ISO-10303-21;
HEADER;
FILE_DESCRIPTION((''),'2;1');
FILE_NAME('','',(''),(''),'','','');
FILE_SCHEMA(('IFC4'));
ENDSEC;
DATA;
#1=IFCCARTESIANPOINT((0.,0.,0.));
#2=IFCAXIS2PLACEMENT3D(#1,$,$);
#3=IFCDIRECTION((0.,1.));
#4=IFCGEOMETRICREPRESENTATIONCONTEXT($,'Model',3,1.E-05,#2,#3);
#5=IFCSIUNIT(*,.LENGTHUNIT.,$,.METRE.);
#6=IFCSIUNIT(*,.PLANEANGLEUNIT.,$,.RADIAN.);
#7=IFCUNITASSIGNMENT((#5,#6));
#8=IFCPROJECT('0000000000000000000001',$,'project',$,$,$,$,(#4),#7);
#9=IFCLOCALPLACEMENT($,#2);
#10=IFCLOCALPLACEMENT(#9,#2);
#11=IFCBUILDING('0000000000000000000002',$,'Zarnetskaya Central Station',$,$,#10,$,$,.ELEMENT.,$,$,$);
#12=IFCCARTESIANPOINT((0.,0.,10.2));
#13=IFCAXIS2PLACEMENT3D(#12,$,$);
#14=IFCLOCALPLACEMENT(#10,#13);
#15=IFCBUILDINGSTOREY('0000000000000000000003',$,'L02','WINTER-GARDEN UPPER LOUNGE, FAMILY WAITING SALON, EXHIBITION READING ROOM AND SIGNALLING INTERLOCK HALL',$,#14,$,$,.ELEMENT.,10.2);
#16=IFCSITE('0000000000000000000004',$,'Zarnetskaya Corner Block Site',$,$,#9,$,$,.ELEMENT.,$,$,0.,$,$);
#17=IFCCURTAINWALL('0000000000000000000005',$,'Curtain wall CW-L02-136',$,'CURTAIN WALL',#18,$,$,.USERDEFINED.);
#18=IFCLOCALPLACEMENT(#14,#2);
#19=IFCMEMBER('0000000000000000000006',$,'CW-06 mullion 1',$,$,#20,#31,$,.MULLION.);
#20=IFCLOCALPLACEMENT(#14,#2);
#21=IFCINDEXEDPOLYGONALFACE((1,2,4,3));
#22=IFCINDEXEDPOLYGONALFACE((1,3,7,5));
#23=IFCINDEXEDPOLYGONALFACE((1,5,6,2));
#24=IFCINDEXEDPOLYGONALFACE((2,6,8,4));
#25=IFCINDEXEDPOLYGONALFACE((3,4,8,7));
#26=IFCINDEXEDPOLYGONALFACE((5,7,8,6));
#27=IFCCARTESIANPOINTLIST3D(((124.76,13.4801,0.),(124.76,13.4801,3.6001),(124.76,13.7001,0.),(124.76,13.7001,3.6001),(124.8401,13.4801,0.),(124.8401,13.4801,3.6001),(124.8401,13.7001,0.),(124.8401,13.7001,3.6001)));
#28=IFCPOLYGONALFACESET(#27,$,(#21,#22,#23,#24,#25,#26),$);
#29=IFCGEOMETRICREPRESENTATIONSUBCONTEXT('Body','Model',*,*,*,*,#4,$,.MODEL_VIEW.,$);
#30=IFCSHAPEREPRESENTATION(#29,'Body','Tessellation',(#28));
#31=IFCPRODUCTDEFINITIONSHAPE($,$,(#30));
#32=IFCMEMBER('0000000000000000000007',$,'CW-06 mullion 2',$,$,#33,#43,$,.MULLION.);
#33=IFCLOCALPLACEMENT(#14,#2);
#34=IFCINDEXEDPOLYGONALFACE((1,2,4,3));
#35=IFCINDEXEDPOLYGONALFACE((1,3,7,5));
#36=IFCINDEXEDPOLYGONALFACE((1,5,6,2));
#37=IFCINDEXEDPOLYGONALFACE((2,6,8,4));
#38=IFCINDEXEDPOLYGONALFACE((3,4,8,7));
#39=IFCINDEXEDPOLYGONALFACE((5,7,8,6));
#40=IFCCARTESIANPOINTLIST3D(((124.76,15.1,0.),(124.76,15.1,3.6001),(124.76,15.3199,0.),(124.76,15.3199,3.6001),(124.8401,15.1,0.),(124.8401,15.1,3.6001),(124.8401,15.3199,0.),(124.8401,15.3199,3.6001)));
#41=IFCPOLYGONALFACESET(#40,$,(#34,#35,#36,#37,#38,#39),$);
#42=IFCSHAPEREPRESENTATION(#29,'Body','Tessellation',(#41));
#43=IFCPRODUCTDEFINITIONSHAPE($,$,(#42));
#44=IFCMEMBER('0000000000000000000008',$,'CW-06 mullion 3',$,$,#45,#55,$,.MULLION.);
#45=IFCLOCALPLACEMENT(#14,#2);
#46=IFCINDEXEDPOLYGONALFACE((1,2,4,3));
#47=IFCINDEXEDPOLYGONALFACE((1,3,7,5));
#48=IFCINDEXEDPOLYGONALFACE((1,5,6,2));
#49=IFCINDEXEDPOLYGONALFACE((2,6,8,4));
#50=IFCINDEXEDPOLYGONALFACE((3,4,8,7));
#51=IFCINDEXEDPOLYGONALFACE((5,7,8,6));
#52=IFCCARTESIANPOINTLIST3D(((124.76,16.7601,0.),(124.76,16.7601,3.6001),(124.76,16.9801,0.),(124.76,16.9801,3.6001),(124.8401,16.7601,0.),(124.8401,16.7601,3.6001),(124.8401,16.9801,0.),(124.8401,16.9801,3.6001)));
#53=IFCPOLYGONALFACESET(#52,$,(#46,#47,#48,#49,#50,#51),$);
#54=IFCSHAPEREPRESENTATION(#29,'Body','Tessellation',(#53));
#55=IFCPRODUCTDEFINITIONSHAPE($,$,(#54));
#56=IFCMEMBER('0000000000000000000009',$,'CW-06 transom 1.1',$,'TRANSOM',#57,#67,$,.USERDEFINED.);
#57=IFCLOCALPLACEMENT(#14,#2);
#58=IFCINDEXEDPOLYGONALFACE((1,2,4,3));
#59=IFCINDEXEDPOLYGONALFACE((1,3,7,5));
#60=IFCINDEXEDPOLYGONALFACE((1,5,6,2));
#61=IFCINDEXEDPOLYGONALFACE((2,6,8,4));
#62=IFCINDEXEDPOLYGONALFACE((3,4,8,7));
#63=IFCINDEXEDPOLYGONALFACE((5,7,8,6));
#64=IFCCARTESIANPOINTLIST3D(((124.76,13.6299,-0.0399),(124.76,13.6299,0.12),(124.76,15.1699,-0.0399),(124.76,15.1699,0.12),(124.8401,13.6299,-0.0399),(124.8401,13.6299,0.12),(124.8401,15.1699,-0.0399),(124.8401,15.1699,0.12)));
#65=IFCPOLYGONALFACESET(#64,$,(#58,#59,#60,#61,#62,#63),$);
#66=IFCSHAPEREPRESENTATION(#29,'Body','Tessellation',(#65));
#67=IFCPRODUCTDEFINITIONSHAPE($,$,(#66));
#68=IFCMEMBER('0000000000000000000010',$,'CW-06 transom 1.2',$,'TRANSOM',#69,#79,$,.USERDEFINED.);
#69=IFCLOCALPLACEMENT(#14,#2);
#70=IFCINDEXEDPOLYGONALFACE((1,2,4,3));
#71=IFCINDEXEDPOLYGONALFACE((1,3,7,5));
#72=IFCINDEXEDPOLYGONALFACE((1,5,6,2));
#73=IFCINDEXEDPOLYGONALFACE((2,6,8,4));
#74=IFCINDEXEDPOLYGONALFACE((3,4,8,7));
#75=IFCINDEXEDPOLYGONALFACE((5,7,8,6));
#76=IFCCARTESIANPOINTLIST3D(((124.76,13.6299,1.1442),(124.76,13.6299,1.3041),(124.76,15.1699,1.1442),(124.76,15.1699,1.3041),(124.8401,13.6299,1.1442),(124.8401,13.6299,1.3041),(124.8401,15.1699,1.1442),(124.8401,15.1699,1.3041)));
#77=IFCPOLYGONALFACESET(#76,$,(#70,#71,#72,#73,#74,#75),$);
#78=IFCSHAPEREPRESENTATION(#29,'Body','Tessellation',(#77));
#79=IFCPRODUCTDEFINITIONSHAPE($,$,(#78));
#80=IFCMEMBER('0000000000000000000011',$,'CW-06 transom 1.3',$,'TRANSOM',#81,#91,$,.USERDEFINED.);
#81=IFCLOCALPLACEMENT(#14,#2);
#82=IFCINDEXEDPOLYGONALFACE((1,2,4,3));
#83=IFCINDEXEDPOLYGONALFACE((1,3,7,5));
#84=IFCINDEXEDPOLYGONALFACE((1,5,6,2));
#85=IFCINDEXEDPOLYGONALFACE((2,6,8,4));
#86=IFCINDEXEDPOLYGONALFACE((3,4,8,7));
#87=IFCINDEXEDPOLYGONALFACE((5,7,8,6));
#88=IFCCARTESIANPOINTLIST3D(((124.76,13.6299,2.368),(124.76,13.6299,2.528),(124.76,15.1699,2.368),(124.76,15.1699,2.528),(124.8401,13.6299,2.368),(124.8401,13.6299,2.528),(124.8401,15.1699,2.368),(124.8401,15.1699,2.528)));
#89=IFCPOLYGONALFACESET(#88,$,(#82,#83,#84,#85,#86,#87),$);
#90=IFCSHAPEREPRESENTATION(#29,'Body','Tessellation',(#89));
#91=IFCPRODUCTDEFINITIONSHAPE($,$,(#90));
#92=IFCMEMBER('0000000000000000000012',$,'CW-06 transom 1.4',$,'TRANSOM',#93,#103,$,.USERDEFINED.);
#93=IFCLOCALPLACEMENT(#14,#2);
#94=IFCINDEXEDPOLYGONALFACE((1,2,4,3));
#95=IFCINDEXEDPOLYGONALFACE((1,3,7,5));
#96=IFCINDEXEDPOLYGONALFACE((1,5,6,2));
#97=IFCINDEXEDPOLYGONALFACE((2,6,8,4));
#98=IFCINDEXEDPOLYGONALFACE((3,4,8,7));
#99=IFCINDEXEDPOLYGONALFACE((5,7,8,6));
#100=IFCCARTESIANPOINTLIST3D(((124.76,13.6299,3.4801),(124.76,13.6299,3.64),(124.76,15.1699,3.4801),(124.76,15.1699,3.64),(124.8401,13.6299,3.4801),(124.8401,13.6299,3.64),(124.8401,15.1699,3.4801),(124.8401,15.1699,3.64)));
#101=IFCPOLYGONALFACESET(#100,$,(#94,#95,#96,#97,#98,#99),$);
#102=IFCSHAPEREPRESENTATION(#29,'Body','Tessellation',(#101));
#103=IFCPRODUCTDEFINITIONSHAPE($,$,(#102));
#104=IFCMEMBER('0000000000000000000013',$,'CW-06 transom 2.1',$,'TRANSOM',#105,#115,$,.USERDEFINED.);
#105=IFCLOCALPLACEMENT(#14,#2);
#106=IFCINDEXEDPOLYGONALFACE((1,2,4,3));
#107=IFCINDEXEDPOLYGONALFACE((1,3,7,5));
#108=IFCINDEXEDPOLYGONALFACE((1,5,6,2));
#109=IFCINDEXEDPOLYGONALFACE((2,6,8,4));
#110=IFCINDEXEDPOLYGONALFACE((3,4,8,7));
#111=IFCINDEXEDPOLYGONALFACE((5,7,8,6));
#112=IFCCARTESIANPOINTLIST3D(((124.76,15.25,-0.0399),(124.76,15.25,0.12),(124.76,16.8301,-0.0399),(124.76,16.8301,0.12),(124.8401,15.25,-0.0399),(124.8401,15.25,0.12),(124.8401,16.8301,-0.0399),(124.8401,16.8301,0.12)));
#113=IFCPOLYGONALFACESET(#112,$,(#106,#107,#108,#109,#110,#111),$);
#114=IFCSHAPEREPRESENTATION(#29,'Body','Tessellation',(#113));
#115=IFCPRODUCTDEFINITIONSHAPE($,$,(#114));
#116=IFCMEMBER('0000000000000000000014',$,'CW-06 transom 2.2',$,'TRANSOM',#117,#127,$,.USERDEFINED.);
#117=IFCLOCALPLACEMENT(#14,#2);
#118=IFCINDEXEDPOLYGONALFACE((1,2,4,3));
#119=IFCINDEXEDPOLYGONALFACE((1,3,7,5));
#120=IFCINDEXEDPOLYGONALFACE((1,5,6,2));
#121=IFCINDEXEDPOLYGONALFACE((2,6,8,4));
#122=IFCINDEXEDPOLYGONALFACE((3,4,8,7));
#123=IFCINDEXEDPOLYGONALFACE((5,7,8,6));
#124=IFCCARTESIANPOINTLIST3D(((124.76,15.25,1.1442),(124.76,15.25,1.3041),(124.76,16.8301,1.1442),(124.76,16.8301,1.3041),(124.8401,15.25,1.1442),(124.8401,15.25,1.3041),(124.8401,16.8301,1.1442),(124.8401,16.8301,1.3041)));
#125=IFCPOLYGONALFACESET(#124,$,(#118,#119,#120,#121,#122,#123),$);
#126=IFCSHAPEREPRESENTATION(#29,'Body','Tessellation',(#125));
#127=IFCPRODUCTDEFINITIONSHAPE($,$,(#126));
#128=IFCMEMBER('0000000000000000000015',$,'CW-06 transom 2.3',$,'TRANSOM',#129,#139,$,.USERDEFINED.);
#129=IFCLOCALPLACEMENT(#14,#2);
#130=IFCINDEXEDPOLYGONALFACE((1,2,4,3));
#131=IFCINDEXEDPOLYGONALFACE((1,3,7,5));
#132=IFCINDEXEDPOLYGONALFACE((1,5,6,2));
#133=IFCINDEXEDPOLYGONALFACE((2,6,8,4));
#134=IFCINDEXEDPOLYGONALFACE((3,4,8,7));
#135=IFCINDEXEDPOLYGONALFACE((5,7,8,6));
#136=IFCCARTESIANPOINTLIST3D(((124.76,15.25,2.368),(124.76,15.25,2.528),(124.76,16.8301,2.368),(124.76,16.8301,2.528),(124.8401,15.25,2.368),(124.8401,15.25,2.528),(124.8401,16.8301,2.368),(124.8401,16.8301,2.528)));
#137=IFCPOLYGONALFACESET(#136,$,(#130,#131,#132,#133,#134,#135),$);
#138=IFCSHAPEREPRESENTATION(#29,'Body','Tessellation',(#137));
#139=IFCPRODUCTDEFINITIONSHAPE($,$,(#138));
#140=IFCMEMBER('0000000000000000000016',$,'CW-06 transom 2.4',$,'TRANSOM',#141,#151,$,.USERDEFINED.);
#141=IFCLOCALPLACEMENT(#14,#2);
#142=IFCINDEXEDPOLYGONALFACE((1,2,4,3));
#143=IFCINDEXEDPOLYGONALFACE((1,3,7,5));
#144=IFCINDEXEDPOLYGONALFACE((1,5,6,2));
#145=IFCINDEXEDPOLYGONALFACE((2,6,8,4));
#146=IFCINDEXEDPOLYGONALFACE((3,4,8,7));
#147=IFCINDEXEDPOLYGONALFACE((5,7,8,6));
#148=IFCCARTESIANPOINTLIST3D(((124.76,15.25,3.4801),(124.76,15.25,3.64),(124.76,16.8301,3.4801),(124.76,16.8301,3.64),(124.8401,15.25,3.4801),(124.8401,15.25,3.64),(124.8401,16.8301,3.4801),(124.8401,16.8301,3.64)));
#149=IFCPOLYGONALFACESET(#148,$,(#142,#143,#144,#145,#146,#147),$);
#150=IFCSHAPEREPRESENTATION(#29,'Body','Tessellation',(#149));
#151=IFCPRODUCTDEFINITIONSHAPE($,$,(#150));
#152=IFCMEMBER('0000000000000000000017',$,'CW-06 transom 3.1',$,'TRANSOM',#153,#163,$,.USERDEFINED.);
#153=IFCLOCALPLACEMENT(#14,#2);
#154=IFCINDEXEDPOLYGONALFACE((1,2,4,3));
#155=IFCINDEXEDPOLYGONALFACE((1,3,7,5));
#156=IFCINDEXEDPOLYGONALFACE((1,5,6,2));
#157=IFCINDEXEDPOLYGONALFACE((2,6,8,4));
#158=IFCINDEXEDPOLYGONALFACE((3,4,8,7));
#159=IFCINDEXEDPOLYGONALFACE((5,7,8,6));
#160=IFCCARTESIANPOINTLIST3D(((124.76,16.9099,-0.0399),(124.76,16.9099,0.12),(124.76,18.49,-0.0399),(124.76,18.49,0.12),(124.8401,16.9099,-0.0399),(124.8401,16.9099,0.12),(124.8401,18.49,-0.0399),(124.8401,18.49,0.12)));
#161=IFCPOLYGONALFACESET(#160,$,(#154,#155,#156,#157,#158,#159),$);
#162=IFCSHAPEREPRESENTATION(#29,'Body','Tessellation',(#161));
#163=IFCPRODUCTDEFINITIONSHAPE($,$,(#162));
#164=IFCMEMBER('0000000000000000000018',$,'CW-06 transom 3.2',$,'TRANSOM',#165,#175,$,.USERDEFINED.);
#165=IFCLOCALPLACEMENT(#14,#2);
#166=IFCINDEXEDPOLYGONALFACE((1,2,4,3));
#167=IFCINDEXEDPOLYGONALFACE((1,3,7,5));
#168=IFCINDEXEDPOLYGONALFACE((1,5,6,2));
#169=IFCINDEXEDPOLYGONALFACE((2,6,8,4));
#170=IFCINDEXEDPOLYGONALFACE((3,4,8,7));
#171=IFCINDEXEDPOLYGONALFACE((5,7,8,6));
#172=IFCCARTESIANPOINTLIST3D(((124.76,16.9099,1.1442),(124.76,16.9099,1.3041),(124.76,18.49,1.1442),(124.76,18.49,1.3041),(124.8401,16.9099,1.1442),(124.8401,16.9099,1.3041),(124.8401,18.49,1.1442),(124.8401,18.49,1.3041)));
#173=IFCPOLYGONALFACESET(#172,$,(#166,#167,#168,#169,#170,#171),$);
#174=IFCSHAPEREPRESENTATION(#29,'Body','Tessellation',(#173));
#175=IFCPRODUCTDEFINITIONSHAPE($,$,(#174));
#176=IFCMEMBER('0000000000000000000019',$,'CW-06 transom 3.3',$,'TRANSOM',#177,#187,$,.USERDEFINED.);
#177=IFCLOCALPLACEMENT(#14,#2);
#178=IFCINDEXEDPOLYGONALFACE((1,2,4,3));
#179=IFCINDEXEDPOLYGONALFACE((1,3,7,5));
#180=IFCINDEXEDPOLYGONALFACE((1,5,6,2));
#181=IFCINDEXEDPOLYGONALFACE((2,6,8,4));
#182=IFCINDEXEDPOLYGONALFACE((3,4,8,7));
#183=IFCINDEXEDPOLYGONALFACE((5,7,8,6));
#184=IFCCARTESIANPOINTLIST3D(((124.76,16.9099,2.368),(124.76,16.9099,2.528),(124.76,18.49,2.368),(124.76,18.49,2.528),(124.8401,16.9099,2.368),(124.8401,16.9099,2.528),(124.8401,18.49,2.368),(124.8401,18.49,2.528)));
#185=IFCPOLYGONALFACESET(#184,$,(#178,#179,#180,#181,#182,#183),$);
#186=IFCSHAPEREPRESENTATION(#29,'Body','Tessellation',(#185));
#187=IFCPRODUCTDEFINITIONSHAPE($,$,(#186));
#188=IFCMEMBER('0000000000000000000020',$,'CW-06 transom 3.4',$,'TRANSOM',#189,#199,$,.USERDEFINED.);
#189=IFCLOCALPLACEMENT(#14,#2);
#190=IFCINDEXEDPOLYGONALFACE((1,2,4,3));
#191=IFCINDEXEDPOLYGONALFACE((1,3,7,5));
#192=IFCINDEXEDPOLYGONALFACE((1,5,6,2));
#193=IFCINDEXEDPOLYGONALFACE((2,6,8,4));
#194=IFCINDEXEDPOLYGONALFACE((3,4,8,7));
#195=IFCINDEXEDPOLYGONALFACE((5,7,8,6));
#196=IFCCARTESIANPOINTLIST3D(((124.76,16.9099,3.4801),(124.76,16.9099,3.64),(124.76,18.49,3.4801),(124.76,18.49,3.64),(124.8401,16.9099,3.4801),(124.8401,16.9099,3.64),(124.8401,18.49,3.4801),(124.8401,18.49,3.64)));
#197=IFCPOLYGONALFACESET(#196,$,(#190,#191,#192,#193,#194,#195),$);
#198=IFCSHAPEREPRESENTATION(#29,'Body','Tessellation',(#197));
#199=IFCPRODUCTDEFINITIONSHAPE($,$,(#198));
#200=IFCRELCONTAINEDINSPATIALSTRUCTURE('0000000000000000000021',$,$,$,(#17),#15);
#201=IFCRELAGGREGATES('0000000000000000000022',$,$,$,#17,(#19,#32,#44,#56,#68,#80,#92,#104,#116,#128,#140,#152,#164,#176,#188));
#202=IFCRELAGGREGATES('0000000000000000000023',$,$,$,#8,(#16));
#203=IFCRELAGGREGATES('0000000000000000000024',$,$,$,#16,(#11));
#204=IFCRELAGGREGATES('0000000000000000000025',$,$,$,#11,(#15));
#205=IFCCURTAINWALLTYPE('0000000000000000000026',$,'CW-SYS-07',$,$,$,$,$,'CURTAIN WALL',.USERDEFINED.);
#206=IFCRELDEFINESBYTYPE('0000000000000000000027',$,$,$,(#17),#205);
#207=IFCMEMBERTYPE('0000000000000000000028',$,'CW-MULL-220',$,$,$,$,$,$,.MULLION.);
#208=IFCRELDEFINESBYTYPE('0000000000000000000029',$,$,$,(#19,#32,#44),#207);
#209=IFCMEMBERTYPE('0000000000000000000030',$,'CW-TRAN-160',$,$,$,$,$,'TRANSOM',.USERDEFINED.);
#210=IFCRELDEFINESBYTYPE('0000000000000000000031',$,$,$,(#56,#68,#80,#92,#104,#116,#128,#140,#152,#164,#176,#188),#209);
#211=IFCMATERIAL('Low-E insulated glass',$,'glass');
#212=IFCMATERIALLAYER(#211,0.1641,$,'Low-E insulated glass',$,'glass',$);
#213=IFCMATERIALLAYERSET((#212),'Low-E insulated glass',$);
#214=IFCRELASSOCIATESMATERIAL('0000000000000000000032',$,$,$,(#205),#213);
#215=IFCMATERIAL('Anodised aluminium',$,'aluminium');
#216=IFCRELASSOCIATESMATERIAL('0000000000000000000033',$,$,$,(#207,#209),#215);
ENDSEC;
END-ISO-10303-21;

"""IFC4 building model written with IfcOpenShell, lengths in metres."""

from ifc_helpers import new_model, si_unit, direction, frame, origin, origin_2d, place, context, subcontext, project, spatial, rectangle, extrude, material, layer, layer_set, material_profile, profile_set, type_object, element, aggregate, save


model = new_model("IFC4")

# Units and contexts
model_context = context("Model", 3, precision=1e-05, world=origin(), true_north=direction((0.0, 1.0)))
body_context = subcontext(model_context, "Body", "Model", "MODEL_VIEW")
ifc_project = project(units=[si_unit("LENGTHUNIT", "METRE"), si_unit("PLANEANGLEUNIT", "RADIAN")], contexts=[model_context])

# Site, building, storey
site_placement = place(None, origin())
site = spatial("IfcSite", under=ifc_project, at=site_placement, Name="Zarnetskaya Corner Block Site", CompositionType="ELEMENT", RefElevation=0.0)
building_placement = place(site_placement, origin())
building = spatial("IfcBuilding", under=site, at=building_placement, Name="Zarnetskaya Central Station", CompositionType="ELEMENT")
storey_placement = place(building_placement, frame((0.0, 0.0, 10.2)))
storey = spatial("IfcBuildingStorey", under=building, at=storey_placement, Name="L02", Description="WINTER-GARDEN UPPER LOUNGE, FAMILY WAITING SALON, EXHIBITION READING ROOM AND SIGNALLING INTERLOCK HALL", CompositionType="ELEMENT", Elevation=10.2)

# Curtain wall, members
ifc_material_1 = material(Name="Low-E insulated glass", Category="glass")
ifc_layer_1 = layer(ifc_material_1, 0.1641, Name="Low-E insulated glass", Category="glass")
ifc_layer_set_1 = layer_set([ifc_layer_1], Name="Low-E insulated glass")
curtain_wall_type = type_object("IfcCurtainWallType", Name="CW-SYS-07", ElementType="CURTAIN WALL", PredefinedType="USERDEFINED", material=ifc_layer_set_1)
curtain_wall_placement = place(storey_placement, origin())
curtain_wall = element("IfcCurtainWall", 1, at=curtain_wall_placement, inside=storey, type_object=curtain_wall_type, Name="Curtain wall CW-L02-136", ObjectType="CURTAIN WALL", PredefinedType="USERDEFINED")
ifc_material_2 = material(Name="Anodised aluminium", Category="aluminium")
ifc_material_profile_1 = material_profile(ifc_material_2, rectangle(XDim=0.0801, YDim=0.22, at=origin_2d()), Name="ALU MULL 80x220")
ifc_profile_set_1 = profile_set([ifc_material_profile_1], Name="Anodised aluminium")
member_type_1 = type_object("IfcMemberType", Name="CW-MULL-220", PredefinedType="MULLION", material=ifc_profile_set_1)
member_1_placement = place(storey_placement, frame((124.8, 13.5901, 0.0), z_axis=(0.0, 0.0, 1.0), x_axis=(-1.0, 0.0, 0.0)))
member_1 = element("IfcMember", 2, at=member_1_placement, type_object=member_type_1, Name="CW-06 mullion 1", PredefinedType="MULLION", context=body_context, shape_type="SweptSolid", body=[
    extrude(rectangle(XDim=0.0801, YDim=0.22, at=origin_2d()), origin(), (0.0, 0.0, 1.0), 3.6001),
])
member_2_placement = place(storey_placement, frame((124.8, 15.21, 0.0), z_axis=(0.0, 0.0, 1.0), x_axis=(-1.0, 0.0, 0.0)))
member_2 = element("IfcMember", 3, at=member_2_placement, type_object=member_type_1, Name="CW-06 mullion 2", PredefinedType="MULLION", context=body_context, shape_type="SweptSolid", body=[
    extrude(rectangle(XDim=0.0801, YDim=0.22, at=origin_2d()), origin(), (0.0, 0.0, 1.0), 3.6001),
])
member_3_placement = place(storey_placement, frame((124.8, 16.8701, 0.0), z_axis=(0.0, 0.0, 1.0), x_axis=(-1.0, 0.0, 0.0)))
member_3 = element("IfcMember", 4, at=member_3_placement, type_object=member_type_1, Name="CW-06 mullion 3", PredefinedType="MULLION", context=body_context, shape_type="SweptSolid", body=[
    extrude(rectangle(XDim=0.0801, YDim=0.22, at=origin_2d()), origin(), (0.0, 0.0, 1.0), 3.6001),
])
ifc_material_profile_2 = material_profile(ifc_material_2, rectangle(XDim=0.0801, YDim=0.1599, at=origin_2d()), Name="ALU TRAN 80x160")
ifc_profile_set_2 = profile_set([ifc_material_profile_2], Name="Anodised aluminium")
member_type_2 = type_object("IfcMemberType", Name="CW-TRAN-160", ElementType="TRANSOM", PredefinedType="USERDEFINED", material=ifc_profile_set_2)
member_4_placement = place(storey_placement, frame((124.8, 13.6299, 0.04), z_axis=(0.0, 1.0, 0.0), x_axis=(-1.0, 0.0, 0.0)))
member_4 = element("IfcMember", 5, at=member_4_placement, type_object=member_type_2, Name="CW-06 transom 1.1", ObjectType="TRANSOM", PredefinedType="USERDEFINED", context=body_context, shape_type="SweptSolid", body=[
    extrude(rectangle(XDim=0.0801, YDim=0.1599, at=origin_2d()), origin(), (0.0, 0.0, 1.0), 1.54),
])
member_5_placement = place(storey_placement, frame((124.8, 13.6299, 1.2241), z_axis=(0.0, 1.0, 0.0), x_axis=(-1.0, 0.0, 0.0)))
member_5 = element("IfcMember", 6, at=member_5_placement, type_object=member_type_2, Name="CW-06 transom 1.2", ObjectType="TRANSOM", PredefinedType="USERDEFINED", context=body_context, shape_type="SweptSolid", body=[
    extrude(rectangle(XDim=0.0801, YDim=0.1599, at=origin_2d()), origin(), (0.0, 0.0, 1.0), 1.54),
])
member_6_placement = place(storey_placement, frame((124.8, 13.6299, 2.448), z_axis=(0.0, 1.0, 0.0), x_axis=(-1.0, 0.0, 0.0)))
member_6 = element("IfcMember", 7, at=member_6_placement, type_object=member_type_2, Name="CW-06 transom 1.3", ObjectType="TRANSOM", PredefinedType="USERDEFINED", context=body_context, shape_type="SweptSolid", body=[
    extrude(rectangle(XDim=0.0801, YDim=0.1599, at=origin_2d()), origin(), (0.0, 0.0, 1.0), 1.54),
])
member_7_placement = place(storey_placement, frame((124.8, 13.6299, 3.5601), z_axis=(0.0, 1.0, 0.0), x_axis=(-1.0, 0.0, 0.0)))
member_7 = element("IfcMember", 8, at=member_7_placement, type_object=member_type_2, Name="CW-06 transom 1.4", ObjectType="TRANSOM", PredefinedType="USERDEFINED", context=body_context, shape_type="SweptSolid", body=[
    extrude(rectangle(XDim=0.0801, YDim=0.1599, at=origin_2d()), origin(), (0.0, 0.0, 1.0), 1.54),
])
member_8_placement = place(storey_placement, frame((124.8, 15.25, 0.04), z_axis=(0.0, 1.0, 0.0), x_axis=(-1.0, 0.0, 0.0)))
member_8 = element("IfcMember", 9, at=member_8_placement, type_object=member_type_2, Name="CW-06 transom 2.1", ObjectType="TRANSOM", PredefinedType="USERDEFINED", context=body_context, shape_type="SweptSolid", body=[
    extrude(rectangle(XDim=0.0801, YDim=0.1599, at=origin_2d()), origin(), (0.0, 0.0, 1.0), 1.5801),
])
member_9_placement = place(storey_placement, frame((124.8, 15.25, 1.2241), z_axis=(0.0, 1.0, 0.0), x_axis=(-1.0, 0.0, 0.0)))
member_9 = element("IfcMember", 10, at=member_9_placement, type_object=member_type_2, Name="CW-06 transom 2.2", ObjectType="TRANSOM", PredefinedType="USERDEFINED", context=body_context, shape_type="SweptSolid", body=[
    extrude(rectangle(XDim=0.0801, YDim=0.1599, at=origin_2d()), origin(), (0.0, 0.0, 1.0), 1.5801),
])
member_10_placement = place(storey_placement, frame((124.8, 15.25, 2.448), z_axis=(0.0, 1.0, 0.0), x_axis=(-1.0, 0.0, 0.0)))
member_10 = element("IfcMember", 11, at=member_10_placement, type_object=member_type_2, Name="CW-06 transom 2.3", ObjectType="TRANSOM", PredefinedType="USERDEFINED", context=body_context, shape_type="SweptSolid", body=[
    extrude(rectangle(XDim=0.0801, YDim=0.1599, at=origin_2d()), origin(), (0.0, 0.0, 1.0), 1.5801),
])
member_11_placement = place(storey_placement, frame((124.8, 15.25, 3.5601), z_axis=(0.0, 1.0, 0.0), x_axis=(-1.0, 0.0, 0.0)))
member_11 = element("IfcMember", 12, at=member_11_placement, type_object=member_type_2, Name="CW-06 transom 2.4", ObjectType="TRANSOM", PredefinedType="USERDEFINED", context=body_context, shape_type="SweptSolid", body=[
    extrude(rectangle(XDim=0.0801, YDim=0.1599, at=origin_2d()), origin(), (0.0, 0.0, 1.0), 1.5801),
])
member_12_placement = place(storey_placement, frame((124.8, 16.9099, 0.04), z_axis=(0.0, 1.0, 0.0), x_axis=(-1.0, 0.0, 0.0)))
member_12 = element("IfcMember", 13, at=member_12_placement, type_object=member_type_2, Name="CW-06 transom 3.1", ObjectType="TRANSOM", PredefinedType="USERDEFINED", context=body_context, shape_type="SweptSolid", body=[
    extrude(rectangle(XDim=0.0801, YDim=0.1599, at=origin_2d()), origin(), (0.0, 0.0, 1.0), 1.5801),
])
member_13_placement = place(storey_placement, frame((124.8, 16.9099, 1.2241), z_axis=(0.0, 1.0, 0.0), x_axis=(-1.0, 0.0, 0.0)))
member_13 = element("IfcMember", 14, at=member_13_placement, type_object=member_type_2, Name="CW-06 transom 3.2", ObjectType="TRANSOM", PredefinedType="USERDEFINED", context=body_context, shape_type="SweptSolid", body=[
    extrude(rectangle(XDim=0.0801, YDim=0.1599, at=origin_2d()), origin(), (0.0, 0.0, 1.0), 1.5801),
])
member_14_placement = place(storey_placement, frame((124.8, 16.9099, 2.448), z_axis=(0.0, 1.0, 0.0), x_axis=(-1.0, 0.0, 0.0)))
member_14 = element("IfcMember", 15, at=member_14_placement, type_object=member_type_2, Name="CW-06 transom 3.3", ObjectType="TRANSOM", PredefinedType="USERDEFINED", context=body_context, shape_type="SweptSolid", body=[
    extrude(rectangle(XDim=0.0801, YDim=0.1599, at=origin_2d()), origin(), (0.0, 0.0, 1.0), 1.5801),
])
member_15_placement = place(storey_placement, frame((124.8, 16.9099, 3.5601), z_axis=(0.0, 1.0, 0.0), x_axis=(-1.0, 0.0, 0.0)))
member_15 = element("IfcMember", 16, at=member_15_placement, type_object=member_type_2, Name="CW-06 transom 3.4", ObjectType="TRANSOM", PredefinedType="USERDEFINED", context=body_context, shape_type="SweptSolid", body=[
    extrude(rectangle(XDim=0.0801, YDim=0.1599, at=origin_2d()), origin(), (0.0, 0.0, 1.0), 1.5801),
])

aggregate(curtain_wall, [member_1, member_2, member_3, member_4, member_5, member_6, member_7, member_8, member_9, member_10, member_11, member_12, member_13, member_14, member_15])

save(model, "model.ifc")
